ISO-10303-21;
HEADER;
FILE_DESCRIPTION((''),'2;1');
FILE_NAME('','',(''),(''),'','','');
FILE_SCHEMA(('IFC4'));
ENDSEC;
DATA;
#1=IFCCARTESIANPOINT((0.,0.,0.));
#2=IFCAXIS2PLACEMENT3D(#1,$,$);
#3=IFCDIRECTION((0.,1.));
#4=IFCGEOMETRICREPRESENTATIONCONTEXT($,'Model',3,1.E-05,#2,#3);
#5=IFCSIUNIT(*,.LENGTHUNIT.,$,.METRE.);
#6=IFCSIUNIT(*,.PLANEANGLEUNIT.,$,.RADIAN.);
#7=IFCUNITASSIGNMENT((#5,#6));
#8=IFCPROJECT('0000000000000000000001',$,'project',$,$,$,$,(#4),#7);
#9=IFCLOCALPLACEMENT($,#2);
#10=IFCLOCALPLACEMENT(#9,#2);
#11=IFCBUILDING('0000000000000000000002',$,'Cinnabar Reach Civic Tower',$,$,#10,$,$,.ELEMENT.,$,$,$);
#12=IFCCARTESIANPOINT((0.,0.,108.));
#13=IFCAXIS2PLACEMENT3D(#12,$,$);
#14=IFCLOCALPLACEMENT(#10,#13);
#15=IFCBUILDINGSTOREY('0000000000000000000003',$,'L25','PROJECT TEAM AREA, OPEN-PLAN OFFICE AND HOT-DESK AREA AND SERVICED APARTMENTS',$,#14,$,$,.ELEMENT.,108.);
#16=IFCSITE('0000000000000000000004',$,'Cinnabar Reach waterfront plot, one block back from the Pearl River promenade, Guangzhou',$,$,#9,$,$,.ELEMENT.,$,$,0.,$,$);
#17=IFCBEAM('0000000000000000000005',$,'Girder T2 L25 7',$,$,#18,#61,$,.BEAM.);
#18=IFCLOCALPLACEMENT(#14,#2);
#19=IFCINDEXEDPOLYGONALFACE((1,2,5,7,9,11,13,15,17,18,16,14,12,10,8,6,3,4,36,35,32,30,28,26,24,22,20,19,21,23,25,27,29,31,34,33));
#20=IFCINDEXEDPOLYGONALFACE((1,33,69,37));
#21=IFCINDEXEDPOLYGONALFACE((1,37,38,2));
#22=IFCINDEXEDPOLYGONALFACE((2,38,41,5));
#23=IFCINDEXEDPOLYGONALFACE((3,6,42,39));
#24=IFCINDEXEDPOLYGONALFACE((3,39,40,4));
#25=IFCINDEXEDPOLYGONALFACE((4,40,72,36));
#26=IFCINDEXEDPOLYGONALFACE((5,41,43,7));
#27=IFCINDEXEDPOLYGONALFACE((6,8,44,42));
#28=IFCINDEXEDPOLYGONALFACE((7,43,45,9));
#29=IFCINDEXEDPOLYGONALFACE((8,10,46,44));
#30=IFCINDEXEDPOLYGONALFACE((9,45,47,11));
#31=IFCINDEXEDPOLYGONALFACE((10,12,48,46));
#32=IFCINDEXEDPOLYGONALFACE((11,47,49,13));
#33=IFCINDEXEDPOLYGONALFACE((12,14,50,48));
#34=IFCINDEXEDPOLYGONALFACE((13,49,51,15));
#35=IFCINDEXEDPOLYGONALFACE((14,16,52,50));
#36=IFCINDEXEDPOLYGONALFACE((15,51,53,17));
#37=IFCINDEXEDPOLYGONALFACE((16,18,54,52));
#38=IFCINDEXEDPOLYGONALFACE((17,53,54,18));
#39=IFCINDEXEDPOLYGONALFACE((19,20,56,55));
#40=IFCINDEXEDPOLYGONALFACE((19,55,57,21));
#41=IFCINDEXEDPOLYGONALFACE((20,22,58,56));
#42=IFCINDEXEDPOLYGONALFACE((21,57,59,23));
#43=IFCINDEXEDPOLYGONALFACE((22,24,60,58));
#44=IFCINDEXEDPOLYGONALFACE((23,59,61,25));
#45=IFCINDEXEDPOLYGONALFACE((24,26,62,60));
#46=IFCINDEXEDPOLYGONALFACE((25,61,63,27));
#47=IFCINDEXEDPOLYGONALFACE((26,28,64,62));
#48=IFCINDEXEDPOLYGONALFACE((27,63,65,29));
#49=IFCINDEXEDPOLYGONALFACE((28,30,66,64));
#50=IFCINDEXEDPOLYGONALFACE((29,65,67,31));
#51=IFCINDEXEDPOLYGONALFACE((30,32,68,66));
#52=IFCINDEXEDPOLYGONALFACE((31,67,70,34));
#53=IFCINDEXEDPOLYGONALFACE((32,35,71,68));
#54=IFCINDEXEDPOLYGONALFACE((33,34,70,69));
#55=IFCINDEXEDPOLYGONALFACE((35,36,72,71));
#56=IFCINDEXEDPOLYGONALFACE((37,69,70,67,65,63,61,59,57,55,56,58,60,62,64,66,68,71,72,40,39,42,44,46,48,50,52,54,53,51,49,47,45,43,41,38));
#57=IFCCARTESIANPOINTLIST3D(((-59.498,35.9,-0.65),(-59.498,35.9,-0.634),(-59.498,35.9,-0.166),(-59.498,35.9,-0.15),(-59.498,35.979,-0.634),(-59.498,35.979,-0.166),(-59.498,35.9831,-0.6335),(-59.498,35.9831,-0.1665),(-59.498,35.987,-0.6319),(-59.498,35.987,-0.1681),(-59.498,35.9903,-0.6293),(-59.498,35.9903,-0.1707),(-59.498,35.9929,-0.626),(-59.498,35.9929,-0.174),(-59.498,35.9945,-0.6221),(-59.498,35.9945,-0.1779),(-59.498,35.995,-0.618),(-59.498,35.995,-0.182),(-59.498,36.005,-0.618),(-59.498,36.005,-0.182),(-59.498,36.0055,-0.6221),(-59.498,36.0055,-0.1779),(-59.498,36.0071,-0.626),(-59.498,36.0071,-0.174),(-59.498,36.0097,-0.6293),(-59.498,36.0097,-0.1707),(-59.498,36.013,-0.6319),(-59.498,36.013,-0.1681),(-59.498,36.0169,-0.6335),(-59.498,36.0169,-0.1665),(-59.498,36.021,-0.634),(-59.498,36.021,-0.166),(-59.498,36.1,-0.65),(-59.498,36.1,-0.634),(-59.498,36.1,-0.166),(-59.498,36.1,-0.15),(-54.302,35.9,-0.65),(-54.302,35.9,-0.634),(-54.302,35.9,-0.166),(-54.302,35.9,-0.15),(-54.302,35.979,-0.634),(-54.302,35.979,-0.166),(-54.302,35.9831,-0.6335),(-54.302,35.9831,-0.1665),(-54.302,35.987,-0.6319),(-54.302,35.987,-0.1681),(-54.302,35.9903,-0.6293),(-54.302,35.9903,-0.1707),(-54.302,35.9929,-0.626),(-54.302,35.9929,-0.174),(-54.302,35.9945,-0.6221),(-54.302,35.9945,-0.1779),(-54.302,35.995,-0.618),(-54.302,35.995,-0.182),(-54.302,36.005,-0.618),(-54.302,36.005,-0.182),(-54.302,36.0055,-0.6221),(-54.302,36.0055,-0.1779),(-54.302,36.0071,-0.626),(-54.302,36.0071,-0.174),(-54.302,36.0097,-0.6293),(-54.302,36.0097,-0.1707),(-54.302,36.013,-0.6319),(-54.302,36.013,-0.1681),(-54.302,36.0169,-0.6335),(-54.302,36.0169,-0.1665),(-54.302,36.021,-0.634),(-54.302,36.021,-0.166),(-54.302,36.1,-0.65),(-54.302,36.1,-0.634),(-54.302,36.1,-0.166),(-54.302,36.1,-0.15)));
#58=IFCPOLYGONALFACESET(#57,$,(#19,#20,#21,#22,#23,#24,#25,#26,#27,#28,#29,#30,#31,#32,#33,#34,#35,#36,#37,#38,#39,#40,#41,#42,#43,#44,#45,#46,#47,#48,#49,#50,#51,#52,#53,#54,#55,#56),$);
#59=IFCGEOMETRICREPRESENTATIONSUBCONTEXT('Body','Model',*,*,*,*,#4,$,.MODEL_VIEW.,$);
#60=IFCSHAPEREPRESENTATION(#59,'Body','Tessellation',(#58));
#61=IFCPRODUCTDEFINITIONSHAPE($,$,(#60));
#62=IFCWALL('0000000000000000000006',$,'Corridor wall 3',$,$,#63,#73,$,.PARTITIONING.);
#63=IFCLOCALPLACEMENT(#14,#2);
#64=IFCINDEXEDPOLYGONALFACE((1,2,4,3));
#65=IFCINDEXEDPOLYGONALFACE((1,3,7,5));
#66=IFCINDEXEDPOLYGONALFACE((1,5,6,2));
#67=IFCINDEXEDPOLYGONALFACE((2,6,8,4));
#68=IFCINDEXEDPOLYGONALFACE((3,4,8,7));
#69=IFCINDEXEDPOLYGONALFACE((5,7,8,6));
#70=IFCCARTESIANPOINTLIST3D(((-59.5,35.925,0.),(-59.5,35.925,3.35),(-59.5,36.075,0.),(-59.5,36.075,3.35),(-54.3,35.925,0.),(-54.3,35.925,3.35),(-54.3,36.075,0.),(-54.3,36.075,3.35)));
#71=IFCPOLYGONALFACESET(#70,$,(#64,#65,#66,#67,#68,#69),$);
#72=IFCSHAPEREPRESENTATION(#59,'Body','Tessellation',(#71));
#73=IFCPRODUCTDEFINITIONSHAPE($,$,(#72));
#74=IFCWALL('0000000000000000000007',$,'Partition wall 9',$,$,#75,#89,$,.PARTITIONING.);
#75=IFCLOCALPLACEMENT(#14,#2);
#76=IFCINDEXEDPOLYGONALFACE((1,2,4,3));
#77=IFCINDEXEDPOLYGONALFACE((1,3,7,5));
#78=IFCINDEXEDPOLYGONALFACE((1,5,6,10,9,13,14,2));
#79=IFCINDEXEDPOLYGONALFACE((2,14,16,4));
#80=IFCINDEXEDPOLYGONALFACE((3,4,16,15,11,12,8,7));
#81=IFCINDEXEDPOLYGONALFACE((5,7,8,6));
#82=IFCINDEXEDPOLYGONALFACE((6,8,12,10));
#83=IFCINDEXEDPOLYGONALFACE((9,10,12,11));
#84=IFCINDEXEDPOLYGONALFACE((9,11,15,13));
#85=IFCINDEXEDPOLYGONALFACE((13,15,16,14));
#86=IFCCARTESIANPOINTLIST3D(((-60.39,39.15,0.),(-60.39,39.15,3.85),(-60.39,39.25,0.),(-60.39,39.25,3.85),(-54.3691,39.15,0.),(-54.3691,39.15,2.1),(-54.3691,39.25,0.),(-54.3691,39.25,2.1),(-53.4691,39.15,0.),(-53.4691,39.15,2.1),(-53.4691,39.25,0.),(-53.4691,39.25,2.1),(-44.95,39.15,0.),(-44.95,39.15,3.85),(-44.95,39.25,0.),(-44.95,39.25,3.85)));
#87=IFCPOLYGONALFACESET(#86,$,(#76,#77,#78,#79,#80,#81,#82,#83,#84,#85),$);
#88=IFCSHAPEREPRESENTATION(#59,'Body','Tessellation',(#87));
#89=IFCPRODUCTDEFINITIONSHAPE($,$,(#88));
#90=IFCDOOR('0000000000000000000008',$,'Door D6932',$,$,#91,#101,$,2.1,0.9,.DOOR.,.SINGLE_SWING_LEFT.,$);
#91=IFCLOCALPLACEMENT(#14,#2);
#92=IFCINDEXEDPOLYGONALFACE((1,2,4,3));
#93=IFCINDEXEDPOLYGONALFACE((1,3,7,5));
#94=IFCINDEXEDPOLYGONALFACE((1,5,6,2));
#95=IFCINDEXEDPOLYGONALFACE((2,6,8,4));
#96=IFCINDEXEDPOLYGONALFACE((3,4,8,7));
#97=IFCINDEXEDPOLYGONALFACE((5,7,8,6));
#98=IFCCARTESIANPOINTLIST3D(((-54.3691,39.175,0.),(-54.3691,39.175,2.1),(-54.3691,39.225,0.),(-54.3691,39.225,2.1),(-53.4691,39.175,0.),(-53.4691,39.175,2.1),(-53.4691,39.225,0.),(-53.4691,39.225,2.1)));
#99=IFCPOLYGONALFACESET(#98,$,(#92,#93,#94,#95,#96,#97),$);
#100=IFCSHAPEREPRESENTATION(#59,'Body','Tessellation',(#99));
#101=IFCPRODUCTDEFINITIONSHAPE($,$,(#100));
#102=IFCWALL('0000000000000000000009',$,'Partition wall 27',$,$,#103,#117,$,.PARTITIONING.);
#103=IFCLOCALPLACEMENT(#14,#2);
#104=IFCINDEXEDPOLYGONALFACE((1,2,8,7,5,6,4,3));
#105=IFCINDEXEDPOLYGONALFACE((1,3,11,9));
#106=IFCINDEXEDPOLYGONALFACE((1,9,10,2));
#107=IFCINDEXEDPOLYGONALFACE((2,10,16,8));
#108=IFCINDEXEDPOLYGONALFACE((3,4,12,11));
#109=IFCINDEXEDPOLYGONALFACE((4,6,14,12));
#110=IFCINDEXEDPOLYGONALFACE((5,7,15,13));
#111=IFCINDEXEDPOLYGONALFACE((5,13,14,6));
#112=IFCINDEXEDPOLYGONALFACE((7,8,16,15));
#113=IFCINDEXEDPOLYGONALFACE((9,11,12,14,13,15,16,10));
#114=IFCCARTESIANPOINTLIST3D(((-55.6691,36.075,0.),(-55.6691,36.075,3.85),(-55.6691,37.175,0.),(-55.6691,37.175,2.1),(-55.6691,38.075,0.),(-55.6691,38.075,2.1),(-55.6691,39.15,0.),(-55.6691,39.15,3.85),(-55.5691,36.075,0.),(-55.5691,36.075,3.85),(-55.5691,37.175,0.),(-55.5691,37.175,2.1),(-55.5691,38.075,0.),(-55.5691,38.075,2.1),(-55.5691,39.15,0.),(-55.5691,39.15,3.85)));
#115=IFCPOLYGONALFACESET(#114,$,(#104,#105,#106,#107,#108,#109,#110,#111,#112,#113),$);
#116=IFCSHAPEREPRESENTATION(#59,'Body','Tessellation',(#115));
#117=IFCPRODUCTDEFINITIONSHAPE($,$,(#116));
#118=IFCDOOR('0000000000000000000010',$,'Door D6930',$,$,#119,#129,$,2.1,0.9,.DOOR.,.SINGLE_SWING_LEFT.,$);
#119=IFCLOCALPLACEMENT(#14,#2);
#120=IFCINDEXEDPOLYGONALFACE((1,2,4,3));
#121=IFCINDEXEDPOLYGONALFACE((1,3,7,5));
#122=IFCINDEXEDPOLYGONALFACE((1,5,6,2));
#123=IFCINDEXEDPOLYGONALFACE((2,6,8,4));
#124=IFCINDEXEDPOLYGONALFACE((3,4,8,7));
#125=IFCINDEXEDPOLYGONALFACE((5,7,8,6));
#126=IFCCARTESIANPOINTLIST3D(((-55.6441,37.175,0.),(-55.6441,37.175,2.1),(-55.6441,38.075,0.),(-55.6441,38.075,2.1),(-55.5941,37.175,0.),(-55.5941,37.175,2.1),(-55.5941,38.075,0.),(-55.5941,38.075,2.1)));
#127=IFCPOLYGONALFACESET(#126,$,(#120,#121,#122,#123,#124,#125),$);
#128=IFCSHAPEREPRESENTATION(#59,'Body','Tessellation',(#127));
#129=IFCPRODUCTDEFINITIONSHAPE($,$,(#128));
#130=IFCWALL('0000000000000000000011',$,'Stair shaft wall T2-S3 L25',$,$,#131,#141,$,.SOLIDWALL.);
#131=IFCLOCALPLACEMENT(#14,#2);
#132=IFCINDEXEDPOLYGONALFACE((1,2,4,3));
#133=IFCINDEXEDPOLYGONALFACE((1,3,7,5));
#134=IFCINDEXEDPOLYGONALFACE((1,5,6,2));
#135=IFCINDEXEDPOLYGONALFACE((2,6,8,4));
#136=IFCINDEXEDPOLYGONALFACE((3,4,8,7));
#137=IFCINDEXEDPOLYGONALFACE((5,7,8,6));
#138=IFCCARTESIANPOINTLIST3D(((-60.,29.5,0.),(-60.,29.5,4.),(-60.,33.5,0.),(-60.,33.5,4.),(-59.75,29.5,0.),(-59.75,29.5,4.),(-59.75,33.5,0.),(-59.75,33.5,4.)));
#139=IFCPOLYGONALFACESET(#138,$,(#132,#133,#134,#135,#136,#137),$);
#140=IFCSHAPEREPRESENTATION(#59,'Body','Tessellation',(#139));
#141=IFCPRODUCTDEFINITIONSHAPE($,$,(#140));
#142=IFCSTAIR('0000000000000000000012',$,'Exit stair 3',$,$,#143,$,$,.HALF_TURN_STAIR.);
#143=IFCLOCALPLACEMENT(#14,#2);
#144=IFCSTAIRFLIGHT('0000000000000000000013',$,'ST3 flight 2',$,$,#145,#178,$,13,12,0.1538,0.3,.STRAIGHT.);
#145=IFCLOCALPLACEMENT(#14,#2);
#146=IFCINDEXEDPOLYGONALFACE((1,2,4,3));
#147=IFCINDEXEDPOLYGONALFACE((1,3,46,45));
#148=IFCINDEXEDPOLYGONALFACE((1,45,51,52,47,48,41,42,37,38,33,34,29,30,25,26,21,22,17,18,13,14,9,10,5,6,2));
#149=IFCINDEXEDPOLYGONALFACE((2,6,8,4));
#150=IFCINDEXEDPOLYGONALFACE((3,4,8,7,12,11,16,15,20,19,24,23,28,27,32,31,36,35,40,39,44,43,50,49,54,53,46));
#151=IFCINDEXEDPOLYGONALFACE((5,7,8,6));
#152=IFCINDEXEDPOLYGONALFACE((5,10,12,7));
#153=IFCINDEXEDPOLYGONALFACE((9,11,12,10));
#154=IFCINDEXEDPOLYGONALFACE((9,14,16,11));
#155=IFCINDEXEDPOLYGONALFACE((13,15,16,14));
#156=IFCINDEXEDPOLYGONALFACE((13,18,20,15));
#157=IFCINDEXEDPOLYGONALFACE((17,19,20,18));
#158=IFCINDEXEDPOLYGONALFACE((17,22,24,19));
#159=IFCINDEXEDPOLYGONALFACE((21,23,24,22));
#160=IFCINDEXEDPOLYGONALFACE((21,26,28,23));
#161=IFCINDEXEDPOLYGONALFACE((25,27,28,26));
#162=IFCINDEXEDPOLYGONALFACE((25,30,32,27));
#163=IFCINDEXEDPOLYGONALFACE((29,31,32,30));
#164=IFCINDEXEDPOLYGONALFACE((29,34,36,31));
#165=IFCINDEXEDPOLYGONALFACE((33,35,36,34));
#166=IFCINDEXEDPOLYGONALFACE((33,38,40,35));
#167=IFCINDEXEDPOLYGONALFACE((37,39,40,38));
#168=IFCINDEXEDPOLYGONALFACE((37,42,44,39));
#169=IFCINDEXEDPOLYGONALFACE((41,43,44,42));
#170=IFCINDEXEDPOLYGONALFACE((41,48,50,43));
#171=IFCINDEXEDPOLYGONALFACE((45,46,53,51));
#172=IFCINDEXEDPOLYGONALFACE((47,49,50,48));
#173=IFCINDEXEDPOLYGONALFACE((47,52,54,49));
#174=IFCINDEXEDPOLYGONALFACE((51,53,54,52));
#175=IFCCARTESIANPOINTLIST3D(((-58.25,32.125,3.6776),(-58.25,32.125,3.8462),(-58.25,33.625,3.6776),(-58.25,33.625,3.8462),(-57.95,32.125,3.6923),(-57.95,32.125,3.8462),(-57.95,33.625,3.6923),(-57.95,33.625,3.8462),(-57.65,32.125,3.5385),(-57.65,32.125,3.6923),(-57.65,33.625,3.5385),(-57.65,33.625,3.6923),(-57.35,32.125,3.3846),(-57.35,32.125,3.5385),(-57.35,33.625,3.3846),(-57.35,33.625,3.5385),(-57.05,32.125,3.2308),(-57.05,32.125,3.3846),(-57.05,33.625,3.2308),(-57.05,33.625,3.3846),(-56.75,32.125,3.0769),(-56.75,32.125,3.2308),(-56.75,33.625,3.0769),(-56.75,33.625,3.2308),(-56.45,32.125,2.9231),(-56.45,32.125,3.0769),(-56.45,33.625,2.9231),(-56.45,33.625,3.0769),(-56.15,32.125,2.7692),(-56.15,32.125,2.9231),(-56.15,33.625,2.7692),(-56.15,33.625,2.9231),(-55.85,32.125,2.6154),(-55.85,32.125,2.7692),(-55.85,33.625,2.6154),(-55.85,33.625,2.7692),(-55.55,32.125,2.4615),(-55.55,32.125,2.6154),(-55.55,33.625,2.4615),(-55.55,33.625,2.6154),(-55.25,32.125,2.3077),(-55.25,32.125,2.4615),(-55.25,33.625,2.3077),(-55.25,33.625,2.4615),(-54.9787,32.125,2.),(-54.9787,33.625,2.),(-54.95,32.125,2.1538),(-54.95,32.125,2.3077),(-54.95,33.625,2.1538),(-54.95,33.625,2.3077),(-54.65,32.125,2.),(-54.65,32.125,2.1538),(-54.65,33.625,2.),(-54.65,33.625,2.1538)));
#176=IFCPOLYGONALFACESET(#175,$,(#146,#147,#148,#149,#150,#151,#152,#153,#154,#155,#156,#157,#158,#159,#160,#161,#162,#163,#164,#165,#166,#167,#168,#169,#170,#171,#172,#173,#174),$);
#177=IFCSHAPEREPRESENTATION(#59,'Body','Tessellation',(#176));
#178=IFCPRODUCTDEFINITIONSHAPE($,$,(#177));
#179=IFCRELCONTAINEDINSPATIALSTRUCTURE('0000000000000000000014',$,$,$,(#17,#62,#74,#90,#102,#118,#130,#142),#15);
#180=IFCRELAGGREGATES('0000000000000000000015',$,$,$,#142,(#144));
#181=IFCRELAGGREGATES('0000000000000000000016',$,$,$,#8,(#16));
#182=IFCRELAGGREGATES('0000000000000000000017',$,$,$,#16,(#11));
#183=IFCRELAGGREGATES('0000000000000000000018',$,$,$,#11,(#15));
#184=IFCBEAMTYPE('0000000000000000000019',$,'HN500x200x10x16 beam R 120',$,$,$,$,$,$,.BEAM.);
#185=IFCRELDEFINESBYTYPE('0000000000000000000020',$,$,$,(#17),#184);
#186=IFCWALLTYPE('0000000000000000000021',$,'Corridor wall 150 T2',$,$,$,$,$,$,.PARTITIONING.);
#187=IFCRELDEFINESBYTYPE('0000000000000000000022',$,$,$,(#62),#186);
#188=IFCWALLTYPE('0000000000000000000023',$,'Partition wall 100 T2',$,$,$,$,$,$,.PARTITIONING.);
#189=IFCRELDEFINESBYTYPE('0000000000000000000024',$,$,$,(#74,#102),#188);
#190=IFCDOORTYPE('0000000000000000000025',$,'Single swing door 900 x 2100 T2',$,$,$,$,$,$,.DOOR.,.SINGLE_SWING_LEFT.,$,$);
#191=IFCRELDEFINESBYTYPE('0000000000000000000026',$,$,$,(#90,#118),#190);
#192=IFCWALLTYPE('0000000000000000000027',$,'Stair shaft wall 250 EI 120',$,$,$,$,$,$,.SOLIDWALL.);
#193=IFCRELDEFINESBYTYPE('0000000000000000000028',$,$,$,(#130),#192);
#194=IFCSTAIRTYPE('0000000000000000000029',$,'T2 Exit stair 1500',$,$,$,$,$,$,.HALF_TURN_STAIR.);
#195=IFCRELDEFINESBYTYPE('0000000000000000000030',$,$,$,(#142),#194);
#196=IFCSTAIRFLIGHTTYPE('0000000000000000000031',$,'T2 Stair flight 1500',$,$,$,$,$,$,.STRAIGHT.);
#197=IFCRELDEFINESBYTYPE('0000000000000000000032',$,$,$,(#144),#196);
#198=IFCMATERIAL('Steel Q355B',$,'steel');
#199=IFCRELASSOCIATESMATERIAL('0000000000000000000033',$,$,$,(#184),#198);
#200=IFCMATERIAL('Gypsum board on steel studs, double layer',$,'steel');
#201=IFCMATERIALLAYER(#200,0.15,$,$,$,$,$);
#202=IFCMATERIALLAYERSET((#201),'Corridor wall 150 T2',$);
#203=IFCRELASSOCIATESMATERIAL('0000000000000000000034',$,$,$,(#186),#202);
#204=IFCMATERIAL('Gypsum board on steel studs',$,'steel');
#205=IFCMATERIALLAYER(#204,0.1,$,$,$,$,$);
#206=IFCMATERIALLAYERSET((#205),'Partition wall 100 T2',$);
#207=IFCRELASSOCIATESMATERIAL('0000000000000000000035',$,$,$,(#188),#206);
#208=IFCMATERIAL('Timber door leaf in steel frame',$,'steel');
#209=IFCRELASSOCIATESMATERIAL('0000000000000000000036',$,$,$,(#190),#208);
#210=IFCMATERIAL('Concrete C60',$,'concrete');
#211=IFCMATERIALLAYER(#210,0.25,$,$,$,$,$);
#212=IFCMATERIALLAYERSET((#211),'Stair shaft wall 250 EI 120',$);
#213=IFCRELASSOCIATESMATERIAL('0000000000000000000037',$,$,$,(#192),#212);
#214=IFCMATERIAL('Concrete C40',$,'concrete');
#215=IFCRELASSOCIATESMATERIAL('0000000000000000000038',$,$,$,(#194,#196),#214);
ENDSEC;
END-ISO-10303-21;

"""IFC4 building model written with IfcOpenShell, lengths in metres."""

from ifc_helpers import new_model, si_unit, direction, frame, frame_2d, origin, origin_2d, place, context, subcontext, project, spatial, polyline, rectangle, i_section, outline, extrude, material, layer, layer_set, material_profile, profile_set, type_object, element, fill, aggregate, save


model = new_model("IFC4")

# Units and contexts
model_context = context("Model", 3, precision=1e-05, world=origin(), true_north=direction((0.0, 1.0)))
body_context = subcontext(model_context, "Body", "Model", "MODEL_VIEW")
ifc_project = project(units=[si_unit("LENGTHUNIT", "METRE"), si_unit("PLANEANGLEUNIT", "RADIAN")], contexts=[model_context])

# Site, building, storey
site_placement = place(None, origin())
site = spatial("IfcSite", under=ifc_project, at=site_placement, Name="Cinnabar Reach waterfront plot, one block back from the Pearl River promenade, Guangzhou", CompositionType="ELEMENT", RefElevation=0.0)
building_placement = place(site_placement, origin())
building = spatial("IfcBuilding", under=site, at=building_placement, Name="Cinnabar Reach Civic Tower", CompositionType="ELEMENT")
storey_placement = place(building_placement, frame((0.0, 0.0, 108.0)))
storey = spatial("IfcBuildingStorey", under=building, at=storey_placement, Name="L25", Description="PROJECT TEAM AREA, OPEN-PLAN OFFICE AND HOT-DESK AREA AND SERVICED APARTMENTS", CompositionType="ELEMENT", Elevation=108.0)

# Shared definitions
ifc_material_1 = material(Name="Concrete C60", Category="concrete")

# Beam
ifc_material_2 = material(Name="Steel Q355B", Category="steel")
ifc_material_profile_1 = material_profile(ifc_material_2, i_section(OverallWidth=0.2, OverallDepth=0.5, WebThickness=0.01, FlangeThickness=0.016, FilletRadius=0.016, at=origin_2d()), Name="HN500x200x10x16")
ifc_profile_set_1 = profile_set([ifc_material_profile_1], Name="Steel Q355B")
beam_type_1 = type_object("IfcBeamType", Name="HN500x200x10x16 beam R 120", PredefinedType="BEAM", material=ifc_profile_set_1)
beam_1_placement = place(storey_placement, frame((-59.498, 36.0, -0.4), z_axis=(1.0, 0.0, 0.0), x_axis=(0.0, 1.0, 0.0)))
element("IfcBeam", 1, at=beam_1_placement, inside=storey, type_object=beam_type_1, Name="Girder T2 L25 7", PredefinedType="BEAM", context=body_context, shape_type="SweptSolid", body=[
    extrude(i_section(OverallWidth=0.2, OverallDepth=0.5, WebThickness=0.01, FlangeThickness=0.016, FilletRadius=0.016, at=origin_2d()), origin(), (0.0, 0.0, 1.0), 5.196),
])

# Wall
ifc_material_3 = material(Name="Gypsum board on steel studs, double layer", Category="steel")
ifc_layer_1 = layer(ifc_material_3, 0.15)
ifc_layer_set_1 = layer_set([ifc_layer_1], Name="Corridor wall 150 T2")
wall_type_1 = type_object("IfcWallType", Name="Corridor wall 150 T2", PredefinedType="PARTITIONING", material=ifc_layer_set_1)
wall_1_placement = place(storey_placement, frame((-59.5, 36.0, 0.0), z_axis=(0.0, 0.0, 1.0), x_axis=(1.0, 0.0, 0.0)))
element("IfcWall", 2, at=wall_1_placement, inside=storey, type_object=wall_type_1, Name="Corridor wall 3", PredefinedType="PARTITIONING", context=body_context, shape_type="SweptSolid", body=[
    extrude(rectangle(XDim=5.2, YDim=0.15, at=frame_2d((2.6, 0.0))), origin(), (0.0, 0.0, 1.0), 3.35),
])

# Walls, openings, doors
ifc_material_4 = material(Name="Gypsum board on steel studs", Category="steel")
ifc_layer_2 = layer(ifc_material_4, 0.1)
ifc_layer_set_2 = layer_set([ifc_layer_2], Name="Partition wall 100 T2")
wall_type_2 = type_object("IfcWallType", Name="Partition wall 100 T2", PredefinedType="PARTITIONING", material=ifc_layer_set_2)
wall_2_placement = place(storey_placement, frame((-60.39, 39.2, 0.0), z_axis=(0.0, 0.0, 1.0), x_axis=(1.0, 0.0, 0.0)))
wall_2 = element("IfcWall", 3, at=wall_2_placement, inside=storey, type_object=wall_type_2, Name="Partition wall 9", PredefinedType="PARTITIONING", context=body_context, shape_type="SweptSolid", body=[
    extrude(rectangle(XDim=15.44, YDim=0.1, at=frame_2d((7.72, 0.0))), origin(), (0.0, 0.0, 1.0), 3.85),
])
opening_1_placement = place(wall_2_placement, frame((6.0209, 0.0, 0.0)))
opening_1 = element("IfcOpeningElement", 4, at=opening_1_placement, cuts=wall_2, PredefinedType="OPENING", context=body_context, shape_type="SweptSolid", body=[
    extrude(rectangle(XDim=0.9, YDim=2.1, at=frame_2d((0.45, 1.05))), frame((0.0, 0.06, 0.0), z_axis=(0.0, -1.0, 0.0), x_axis=(1.0, 0.0, 0.0)), (0.0, 0.0, 1.0), 0.12),
])
ifc_material_5 = material(Name="Timber door leaf in steel frame", Category="steel")
door_type = type_object("IfcDoorType", Name="Single swing door 900 x 2100 T2", OperationType="SINGLE_SWING_LEFT", PredefinedType="DOOR", material=ifc_material_5)
door_1_placement = place(opening_1_placement, frame((0.9, 0.0, 0.0), z_axis=(0.0, 0.0, 1.0), x_axis=(-1.0, 0.0, 0.0)))
door_1 = element("IfcDoor", 5, at=door_1_placement, inside=storey, type_object=door_type, Name="Door D6932", OperationType="SINGLE_SWING_LEFT", OverallHeight=2.1, OverallWidth=0.9, PredefinedType="DOOR", context=body_context, shape_type="SweptSolid", body=[
    extrude(rectangle(XDim=0.9, YDim=2.1, at=frame_2d((0.45, 1.05))), frame((0.0, 0.025, 0.0), z_axis=(0.0, -1.0, 0.0), x_axis=(1.0, 0.0, 0.0)), (0.0, 0.0, 1.0), 0.05),
])
fill(opening_1, door_1)
wall_3_placement = place(storey_placement, frame((-55.6191, 36.075, 0.0), z_axis=(0.0, 0.0, 1.0), x_axis=(0.0, 1.0, 0.0)))
wall_3 = element("IfcWall", 6, at=wall_3_placement, inside=storey, type_object=wall_type_2, Name="Partition wall 27", PredefinedType="PARTITIONING", context=body_context, shape_type="SweptSolid", body=[
    extrude(rectangle(XDim=3.075, YDim=0.1, at=frame_2d((1.5375, 0.0))), origin(), (0.0, 0.0, 1.0), 3.85),
])
opening_2_placement = place(wall_3_placement, frame((1.1, 0.0, 0.0)))
opening_2 = element("IfcOpeningElement", 7, at=opening_2_placement, cuts=wall_3, PredefinedType="OPENING", context=body_context, shape_type="SweptSolid", body=[
    extrude(rectangle(XDim=0.9, YDim=2.1, at=frame_2d((0.45, 1.05))), frame((0.0, 0.06, 0.0), z_axis=(0.0, -1.0, 0.0), x_axis=(1.0, 0.0, 0.0)), (0.0, 0.0, 1.0), 0.12),
])
door_2_placement = place(opening_2_placement, origin())
door_2 = element("IfcDoor", 8, at=door_2_placement, inside=storey, type_object=door_type, Name="Door D6930", OperationType="SINGLE_SWING_LEFT", OverallHeight=2.1, OverallWidth=0.9, PredefinedType="DOOR", context=body_context, shape_type="SweptSolid", body=[
    extrude(rectangle(XDim=0.9, YDim=2.1, at=frame_2d((0.45, 1.05))), frame((0.0, 0.025, 0.0), z_axis=(0.0, -1.0, 0.0), x_axis=(1.0, 0.0, 0.0)), (0.0, 0.0, 1.0), 0.05),
])
fill(opening_2, door_2)

# Wall
ifc_layer_3 = layer(ifc_material_1, 0.25)
ifc_layer_set_3 = layer_set([ifc_layer_3], Name="Stair shaft wall 250 EI 120")
wall_type_3 = type_object("IfcWallType", Name="Stair shaft wall 250 EI 120", PredefinedType="SOLIDWALL", material=ifc_layer_set_3)
wall_4_placement = place(storey_placement, frame((-59.875, 33.5, 0.0), z_axis=(0.0, 0.0, 1.0), x_axis=(0.0, -1.0, 0.0)))
element("IfcWall", 9, at=wall_4_placement, inside=storey, type_object=wall_type_3, Name="Stair shaft wall T2-S3 L25", PredefinedType="SOLIDWALL", context=body_context, shape_type="SweptSolid", body=[
    extrude(rectangle(XDim=4.0, YDim=0.25, at=frame_2d((2.0, 0.0))), origin(), (0.0, 0.0, 1.0), 4.0),
])

# Stair, stair flight
ifc_material_6 = material(Name="Concrete C40", Category="concrete")
stair_type = type_object("IfcStairType", Name="T2 Exit stair 1500", PredefinedType="HALF_TURN_STAIR", material=ifc_material_6)
stair_placement = place(storey_placement, origin())
stair = element("IfcStair", 10, at=stair_placement, inside=storey, type_object=stair_type, Name="Exit stair 3", PredefinedType="HALF_TURN_STAIR")
stair_flight_type = type_object("IfcStairFlightType", Name="T2 Stair flight 1500", PredefinedType="STRAIGHT", material=ifc_material_6)
stair_flight_placement = place(storey_placement, frame((-54.65, 32.875, 2.0), z_axis=(0.0, 0.0, 1.0), x_axis=(-1.0, 0.0, 0.0)))
stair_flight = element("IfcStairFlight", 11, at=stair_flight_placement, type_object=stair_flight_type, Name="ST3 flight 2", NumberOfRisers=13, NumberOfTreads=12, PredefinedType="STRAIGHT", RiserHeight=0.1538, TreadLength=0.3, context=body_context, shape_type="SweptSolid", body=[
    extrude(outline(polyline([(0.0, 0.0), (0.0, 0.1538), (0.3, 0.1538), (0.3, 0.3077), (0.6, 0.3077), (0.6, 0.4615), (0.9, 0.4615), (0.9, 0.6154), (1.2, 0.6154), (1.2, 0.7692), (1.5, 0.7692), (1.5, 0.9231), (1.8, 0.9231), (1.8, 1.0769), (2.1, 1.0769), (2.1, 1.2308), (2.4, 1.2308), (2.4, 1.3846), (2.7, 1.3846), (2.7, 1.5385), (3.0, 1.5385), (3.0, 1.6923), (3.3, 1.6923), (3.3, 1.8462), (3.6, 1.8462), (3.6, 2.0), (3.6, 1.6776), (0.3287, 0.0), (0.0, 0.0)])), frame((0.0, 0.75, 0.0), z_axis=(0.0, -1.0, 0.0), x_axis=(1.0, 0.0, 0.0)), (0.0, 0.0, 1.0), 1.5),
])
aggregate(stair, [stair_flight])

save(model, "model.ifc")
